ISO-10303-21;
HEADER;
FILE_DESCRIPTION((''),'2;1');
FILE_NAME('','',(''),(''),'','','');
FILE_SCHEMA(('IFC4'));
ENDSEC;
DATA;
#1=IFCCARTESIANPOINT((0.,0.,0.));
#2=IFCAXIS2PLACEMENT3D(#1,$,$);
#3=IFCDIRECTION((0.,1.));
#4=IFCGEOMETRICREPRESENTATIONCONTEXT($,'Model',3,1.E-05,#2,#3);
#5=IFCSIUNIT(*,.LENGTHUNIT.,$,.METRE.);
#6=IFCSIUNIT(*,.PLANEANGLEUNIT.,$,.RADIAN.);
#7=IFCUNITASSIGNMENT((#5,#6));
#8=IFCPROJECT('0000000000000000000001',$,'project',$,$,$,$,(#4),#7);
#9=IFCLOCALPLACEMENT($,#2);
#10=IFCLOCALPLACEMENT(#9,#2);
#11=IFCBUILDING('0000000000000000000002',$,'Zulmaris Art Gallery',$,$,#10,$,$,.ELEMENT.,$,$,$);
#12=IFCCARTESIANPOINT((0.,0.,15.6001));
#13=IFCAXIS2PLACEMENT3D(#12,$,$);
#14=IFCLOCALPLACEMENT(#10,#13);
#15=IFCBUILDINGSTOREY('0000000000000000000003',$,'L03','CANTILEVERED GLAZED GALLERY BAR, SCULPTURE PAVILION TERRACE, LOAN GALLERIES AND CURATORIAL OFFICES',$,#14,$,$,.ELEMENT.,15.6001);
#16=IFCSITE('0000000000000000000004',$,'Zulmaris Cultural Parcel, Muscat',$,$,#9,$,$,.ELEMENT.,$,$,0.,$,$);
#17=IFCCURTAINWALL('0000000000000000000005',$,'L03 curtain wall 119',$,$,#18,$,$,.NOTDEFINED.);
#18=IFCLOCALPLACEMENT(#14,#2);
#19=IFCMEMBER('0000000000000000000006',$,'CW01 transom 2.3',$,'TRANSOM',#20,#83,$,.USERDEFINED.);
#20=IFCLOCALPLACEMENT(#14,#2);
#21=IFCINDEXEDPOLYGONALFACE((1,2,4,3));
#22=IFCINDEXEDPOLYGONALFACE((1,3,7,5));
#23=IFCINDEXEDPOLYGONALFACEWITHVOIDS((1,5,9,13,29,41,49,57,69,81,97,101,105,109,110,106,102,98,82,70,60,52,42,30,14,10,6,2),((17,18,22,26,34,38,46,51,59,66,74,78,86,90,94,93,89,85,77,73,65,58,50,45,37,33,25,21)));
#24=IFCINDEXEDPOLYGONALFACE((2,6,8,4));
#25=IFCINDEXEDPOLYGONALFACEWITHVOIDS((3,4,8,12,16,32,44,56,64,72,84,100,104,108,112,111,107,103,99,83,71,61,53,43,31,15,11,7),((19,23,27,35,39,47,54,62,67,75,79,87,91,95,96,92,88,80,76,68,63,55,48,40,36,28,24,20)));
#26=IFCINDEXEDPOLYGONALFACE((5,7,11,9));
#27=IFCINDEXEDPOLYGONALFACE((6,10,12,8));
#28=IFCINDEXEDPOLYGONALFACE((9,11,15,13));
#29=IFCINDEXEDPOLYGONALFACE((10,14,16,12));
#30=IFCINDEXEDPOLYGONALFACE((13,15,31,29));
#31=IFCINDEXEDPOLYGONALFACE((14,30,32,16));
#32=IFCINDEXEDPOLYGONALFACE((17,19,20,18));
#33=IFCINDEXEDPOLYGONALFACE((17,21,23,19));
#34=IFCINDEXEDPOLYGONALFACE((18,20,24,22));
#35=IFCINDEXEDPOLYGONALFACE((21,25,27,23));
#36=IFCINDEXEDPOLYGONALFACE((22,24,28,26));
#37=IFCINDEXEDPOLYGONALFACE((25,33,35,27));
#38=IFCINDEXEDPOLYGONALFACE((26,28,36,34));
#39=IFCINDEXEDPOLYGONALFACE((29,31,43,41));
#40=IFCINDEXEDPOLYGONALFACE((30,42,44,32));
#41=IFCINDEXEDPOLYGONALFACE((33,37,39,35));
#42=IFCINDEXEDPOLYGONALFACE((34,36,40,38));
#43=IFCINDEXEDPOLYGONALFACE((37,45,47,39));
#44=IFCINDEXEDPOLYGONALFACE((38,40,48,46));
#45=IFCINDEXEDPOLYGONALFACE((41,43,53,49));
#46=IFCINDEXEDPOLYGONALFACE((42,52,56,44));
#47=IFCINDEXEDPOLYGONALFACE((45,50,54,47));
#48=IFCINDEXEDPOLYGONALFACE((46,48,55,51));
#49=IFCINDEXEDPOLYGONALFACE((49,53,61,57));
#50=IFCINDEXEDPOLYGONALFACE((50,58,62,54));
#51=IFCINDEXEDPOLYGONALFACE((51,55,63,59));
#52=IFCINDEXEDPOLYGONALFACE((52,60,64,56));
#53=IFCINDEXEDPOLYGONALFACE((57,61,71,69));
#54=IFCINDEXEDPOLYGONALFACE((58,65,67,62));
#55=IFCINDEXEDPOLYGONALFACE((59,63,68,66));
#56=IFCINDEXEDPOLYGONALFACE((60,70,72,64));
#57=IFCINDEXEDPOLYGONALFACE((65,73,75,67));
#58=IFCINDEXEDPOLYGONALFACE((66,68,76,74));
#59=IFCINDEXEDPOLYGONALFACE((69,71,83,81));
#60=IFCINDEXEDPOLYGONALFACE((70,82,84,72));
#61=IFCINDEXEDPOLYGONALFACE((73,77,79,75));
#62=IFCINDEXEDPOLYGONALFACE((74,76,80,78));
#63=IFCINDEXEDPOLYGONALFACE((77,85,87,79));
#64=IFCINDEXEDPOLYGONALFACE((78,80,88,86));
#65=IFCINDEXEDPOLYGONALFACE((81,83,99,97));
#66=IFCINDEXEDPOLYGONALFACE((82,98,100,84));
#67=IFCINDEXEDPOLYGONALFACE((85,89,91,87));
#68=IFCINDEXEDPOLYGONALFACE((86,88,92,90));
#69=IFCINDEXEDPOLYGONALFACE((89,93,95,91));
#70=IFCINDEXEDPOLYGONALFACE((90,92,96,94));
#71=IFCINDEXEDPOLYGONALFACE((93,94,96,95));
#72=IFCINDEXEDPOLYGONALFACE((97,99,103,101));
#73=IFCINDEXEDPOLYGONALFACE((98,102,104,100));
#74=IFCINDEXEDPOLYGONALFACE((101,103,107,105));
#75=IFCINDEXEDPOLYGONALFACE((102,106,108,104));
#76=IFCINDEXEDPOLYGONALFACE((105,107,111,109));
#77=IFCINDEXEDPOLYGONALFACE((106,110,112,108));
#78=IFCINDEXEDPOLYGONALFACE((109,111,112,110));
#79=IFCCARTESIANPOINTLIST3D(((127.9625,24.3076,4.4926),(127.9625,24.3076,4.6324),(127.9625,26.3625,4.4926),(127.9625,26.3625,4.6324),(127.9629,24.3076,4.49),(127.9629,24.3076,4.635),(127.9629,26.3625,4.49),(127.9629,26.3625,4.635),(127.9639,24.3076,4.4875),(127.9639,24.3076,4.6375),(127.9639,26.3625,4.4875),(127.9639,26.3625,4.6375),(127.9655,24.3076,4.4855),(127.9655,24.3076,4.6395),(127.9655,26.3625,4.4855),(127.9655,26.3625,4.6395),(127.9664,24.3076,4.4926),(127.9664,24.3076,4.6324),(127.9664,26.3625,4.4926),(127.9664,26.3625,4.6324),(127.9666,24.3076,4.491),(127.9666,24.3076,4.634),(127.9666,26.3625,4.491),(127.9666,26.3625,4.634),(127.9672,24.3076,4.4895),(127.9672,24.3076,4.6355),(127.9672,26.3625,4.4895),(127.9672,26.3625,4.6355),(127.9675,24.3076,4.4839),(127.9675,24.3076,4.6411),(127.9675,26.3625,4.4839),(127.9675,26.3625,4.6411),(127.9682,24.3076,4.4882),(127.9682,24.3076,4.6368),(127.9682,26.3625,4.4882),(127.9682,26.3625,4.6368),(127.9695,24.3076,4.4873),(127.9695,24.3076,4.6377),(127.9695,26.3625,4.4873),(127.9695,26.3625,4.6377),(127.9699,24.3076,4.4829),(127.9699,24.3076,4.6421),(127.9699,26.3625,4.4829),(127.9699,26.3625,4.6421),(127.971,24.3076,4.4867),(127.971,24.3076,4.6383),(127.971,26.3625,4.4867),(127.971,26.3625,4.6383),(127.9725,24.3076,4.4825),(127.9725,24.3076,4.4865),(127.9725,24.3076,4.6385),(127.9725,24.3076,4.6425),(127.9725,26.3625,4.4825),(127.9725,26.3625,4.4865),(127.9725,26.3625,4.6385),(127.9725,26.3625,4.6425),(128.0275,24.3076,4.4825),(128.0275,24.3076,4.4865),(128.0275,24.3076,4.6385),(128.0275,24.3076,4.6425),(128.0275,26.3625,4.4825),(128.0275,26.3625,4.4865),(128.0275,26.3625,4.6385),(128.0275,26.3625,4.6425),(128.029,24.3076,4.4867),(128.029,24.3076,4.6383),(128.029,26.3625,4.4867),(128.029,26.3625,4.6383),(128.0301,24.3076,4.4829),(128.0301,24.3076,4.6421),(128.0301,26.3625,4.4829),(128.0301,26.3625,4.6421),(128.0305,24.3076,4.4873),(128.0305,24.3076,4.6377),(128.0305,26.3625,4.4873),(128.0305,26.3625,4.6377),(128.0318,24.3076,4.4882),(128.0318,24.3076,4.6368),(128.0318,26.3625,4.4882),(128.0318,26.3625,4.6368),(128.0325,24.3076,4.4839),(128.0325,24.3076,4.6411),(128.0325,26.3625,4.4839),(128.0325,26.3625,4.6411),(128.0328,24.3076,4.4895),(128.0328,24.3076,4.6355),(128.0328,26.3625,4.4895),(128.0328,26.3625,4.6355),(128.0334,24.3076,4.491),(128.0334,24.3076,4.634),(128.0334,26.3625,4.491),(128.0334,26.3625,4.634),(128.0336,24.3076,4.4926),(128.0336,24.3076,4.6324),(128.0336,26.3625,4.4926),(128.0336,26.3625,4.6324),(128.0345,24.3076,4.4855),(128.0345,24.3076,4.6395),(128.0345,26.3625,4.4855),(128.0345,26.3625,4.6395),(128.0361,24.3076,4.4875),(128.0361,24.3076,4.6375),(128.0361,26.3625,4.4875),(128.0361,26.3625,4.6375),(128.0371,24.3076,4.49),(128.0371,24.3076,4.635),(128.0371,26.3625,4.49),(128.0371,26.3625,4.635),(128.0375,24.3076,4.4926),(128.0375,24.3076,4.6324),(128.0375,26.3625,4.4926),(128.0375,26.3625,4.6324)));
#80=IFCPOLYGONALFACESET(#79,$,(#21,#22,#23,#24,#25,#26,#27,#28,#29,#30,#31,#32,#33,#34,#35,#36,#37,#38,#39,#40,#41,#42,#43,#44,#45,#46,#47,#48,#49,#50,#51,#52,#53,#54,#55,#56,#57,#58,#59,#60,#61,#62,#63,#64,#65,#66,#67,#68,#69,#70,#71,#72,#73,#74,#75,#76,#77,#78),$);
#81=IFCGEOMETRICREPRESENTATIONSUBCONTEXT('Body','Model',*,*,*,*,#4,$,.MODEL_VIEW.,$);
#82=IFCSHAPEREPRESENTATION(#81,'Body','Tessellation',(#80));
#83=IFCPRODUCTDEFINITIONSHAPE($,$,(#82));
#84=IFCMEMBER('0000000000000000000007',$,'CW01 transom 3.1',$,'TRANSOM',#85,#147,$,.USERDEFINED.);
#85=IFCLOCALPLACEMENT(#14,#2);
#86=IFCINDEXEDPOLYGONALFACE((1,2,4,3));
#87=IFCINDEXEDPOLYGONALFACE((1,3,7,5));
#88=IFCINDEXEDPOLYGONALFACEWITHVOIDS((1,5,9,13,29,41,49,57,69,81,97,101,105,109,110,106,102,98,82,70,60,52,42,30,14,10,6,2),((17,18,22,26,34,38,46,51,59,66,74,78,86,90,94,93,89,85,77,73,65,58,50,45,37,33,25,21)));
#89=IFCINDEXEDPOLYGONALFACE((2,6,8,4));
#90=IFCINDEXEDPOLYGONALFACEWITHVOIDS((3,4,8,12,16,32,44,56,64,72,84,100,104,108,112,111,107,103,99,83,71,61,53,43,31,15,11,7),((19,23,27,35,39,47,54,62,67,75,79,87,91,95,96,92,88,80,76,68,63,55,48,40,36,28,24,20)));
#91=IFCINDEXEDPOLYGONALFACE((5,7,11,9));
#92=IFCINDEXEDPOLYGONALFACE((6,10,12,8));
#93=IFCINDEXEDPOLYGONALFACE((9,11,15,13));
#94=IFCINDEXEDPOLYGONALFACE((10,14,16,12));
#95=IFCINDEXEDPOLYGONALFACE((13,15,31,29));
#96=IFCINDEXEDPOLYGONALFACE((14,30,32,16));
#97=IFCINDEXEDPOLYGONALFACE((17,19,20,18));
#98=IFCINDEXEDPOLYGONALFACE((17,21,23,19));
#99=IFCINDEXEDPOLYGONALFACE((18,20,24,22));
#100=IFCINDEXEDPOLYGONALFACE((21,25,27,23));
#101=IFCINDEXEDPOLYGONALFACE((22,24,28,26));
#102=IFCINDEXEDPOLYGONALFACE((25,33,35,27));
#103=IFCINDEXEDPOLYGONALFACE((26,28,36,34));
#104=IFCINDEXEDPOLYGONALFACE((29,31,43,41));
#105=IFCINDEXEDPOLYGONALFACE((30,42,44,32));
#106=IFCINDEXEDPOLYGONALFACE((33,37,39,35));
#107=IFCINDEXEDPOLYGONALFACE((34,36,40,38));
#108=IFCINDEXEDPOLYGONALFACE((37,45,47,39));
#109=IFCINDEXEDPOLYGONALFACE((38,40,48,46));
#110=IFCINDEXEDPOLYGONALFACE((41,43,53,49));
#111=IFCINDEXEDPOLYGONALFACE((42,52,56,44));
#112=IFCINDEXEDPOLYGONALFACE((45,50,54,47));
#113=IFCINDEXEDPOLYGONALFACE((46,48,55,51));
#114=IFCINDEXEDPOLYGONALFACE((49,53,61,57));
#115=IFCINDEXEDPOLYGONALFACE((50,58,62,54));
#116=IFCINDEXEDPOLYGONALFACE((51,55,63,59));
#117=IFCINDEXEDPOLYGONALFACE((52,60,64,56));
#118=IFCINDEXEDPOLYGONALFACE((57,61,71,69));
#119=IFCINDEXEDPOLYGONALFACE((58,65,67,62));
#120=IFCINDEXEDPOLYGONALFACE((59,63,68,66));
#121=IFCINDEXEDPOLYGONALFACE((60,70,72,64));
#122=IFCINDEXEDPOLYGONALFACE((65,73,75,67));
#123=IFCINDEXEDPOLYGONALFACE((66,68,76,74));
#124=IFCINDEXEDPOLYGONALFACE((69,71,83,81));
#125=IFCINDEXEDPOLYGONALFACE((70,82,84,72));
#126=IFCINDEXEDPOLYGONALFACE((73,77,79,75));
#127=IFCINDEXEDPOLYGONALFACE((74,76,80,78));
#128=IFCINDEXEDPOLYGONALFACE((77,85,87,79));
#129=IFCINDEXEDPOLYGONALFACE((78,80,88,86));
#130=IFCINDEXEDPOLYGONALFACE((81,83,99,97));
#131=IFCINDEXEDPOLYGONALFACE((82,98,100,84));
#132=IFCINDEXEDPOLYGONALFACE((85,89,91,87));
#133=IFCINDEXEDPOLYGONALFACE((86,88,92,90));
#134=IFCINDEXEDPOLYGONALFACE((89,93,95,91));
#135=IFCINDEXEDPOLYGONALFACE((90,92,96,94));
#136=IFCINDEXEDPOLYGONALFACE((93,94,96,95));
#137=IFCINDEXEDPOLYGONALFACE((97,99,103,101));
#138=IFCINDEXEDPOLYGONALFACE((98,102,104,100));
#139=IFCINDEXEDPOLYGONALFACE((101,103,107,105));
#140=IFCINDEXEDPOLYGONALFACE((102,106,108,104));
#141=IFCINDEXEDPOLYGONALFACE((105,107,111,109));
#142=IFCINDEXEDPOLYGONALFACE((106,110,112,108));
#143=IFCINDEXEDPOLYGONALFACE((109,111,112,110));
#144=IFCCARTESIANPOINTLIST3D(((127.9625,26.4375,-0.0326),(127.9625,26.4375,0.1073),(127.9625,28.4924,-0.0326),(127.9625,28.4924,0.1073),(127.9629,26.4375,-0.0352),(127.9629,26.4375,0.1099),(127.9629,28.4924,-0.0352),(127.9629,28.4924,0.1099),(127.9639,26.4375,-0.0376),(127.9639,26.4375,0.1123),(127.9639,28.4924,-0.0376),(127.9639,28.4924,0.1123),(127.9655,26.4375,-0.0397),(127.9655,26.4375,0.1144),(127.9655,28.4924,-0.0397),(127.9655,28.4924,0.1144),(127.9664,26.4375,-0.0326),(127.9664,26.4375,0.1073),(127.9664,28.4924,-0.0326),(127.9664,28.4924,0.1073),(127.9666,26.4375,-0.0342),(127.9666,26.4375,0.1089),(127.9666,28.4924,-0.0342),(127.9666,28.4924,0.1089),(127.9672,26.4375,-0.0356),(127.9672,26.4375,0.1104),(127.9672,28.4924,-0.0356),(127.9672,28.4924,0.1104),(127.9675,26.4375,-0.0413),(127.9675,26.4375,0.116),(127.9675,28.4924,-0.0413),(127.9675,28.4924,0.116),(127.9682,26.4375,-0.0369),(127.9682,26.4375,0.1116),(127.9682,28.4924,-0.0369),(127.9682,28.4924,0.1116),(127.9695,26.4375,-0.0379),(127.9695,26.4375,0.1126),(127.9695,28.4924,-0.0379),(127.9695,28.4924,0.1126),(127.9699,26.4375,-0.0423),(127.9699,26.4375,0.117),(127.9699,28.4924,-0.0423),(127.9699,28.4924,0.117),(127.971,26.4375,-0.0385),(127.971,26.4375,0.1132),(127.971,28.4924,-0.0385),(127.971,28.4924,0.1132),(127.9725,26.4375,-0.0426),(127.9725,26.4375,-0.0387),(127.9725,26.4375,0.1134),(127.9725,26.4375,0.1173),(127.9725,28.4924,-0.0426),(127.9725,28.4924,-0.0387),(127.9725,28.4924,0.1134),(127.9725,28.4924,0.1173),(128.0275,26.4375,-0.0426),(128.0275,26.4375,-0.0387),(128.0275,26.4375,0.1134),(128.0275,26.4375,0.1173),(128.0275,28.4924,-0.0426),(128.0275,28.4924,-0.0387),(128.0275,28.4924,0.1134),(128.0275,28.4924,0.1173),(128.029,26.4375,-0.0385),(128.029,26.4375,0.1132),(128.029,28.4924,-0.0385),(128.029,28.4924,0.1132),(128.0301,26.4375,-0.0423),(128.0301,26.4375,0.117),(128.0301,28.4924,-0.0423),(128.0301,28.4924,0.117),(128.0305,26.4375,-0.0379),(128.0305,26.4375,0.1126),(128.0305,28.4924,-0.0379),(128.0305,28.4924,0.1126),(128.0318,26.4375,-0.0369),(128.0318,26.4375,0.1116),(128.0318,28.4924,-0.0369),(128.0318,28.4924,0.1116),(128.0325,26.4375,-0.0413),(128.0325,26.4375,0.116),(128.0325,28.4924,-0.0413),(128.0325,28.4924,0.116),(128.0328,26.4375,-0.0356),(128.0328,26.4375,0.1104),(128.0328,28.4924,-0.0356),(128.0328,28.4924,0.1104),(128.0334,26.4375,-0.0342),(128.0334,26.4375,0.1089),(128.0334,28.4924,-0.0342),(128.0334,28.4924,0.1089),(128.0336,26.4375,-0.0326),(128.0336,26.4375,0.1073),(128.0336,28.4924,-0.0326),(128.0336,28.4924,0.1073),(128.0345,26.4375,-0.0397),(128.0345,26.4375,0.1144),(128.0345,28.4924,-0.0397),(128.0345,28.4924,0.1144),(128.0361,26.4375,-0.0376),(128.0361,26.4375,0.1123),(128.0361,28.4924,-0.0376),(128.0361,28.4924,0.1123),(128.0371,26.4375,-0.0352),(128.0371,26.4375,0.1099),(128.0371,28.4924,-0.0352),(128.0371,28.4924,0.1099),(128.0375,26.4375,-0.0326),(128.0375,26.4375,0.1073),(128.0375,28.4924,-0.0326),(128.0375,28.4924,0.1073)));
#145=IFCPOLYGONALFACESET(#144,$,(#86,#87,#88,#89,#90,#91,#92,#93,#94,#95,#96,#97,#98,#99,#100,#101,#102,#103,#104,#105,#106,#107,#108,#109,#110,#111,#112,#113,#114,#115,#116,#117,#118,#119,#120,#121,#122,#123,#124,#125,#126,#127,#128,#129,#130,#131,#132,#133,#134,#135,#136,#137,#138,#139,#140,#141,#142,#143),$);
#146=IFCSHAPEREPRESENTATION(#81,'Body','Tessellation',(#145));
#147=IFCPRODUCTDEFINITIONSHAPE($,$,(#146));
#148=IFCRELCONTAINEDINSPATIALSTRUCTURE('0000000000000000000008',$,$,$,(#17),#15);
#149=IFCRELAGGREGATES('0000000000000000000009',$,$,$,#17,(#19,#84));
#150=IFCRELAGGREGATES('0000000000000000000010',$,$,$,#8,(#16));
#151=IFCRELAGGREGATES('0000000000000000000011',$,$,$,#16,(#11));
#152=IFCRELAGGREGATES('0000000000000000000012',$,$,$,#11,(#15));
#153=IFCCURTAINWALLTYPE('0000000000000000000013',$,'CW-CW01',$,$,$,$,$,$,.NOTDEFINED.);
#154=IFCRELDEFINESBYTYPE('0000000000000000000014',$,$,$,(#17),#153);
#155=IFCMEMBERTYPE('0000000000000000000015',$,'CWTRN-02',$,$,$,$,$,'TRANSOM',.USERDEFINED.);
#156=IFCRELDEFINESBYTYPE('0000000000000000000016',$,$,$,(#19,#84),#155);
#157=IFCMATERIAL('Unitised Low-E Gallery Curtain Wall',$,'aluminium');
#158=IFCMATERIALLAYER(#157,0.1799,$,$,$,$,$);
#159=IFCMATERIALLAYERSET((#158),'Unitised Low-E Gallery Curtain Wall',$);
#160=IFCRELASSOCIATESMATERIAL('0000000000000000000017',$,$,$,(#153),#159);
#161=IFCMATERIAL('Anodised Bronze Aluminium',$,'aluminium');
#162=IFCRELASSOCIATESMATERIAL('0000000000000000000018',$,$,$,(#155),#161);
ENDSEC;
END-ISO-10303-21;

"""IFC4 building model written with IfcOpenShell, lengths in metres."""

from ifc_helpers import new_model, si_unit, direction, frame, origin, origin_2d, place, context, subcontext, project, spatial, hollow_rectangle, extrude, material, layer, layer_set, material_profile, profile_set, type_object, element, aggregate, save


model = new_model("IFC4")

# Units and contexts
model_context = context("Model", 3, precision=1e-05, world=origin(), true_north=direction((0.0, 1.0)))
body_context = subcontext(model_context, "Body", "Model", "MODEL_VIEW")
ifc_project = project(units=[si_unit("LENGTHUNIT", "METRE"), si_unit("PLANEANGLEUNIT", "RADIAN")], contexts=[model_context])

# Site, building, storey
site_placement = place(None, origin())
site = spatial("IfcSite", under=ifc_project, at=site_placement, Name="Zulmaris Cultural Parcel, Muscat", CompositionType="ELEMENT", RefElevation=0.0)
building_placement = place(site_placement, origin())
building = spatial("IfcBuilding", under=site, at=building_placement, Name="Zulmaris Art Gallery", CompositionType="ELEMENT")
storey_placement = place(building_placement, frame((0.0, 0.0, 15.6001)))
storey = spatial("IfcBuildingStorey", under=building, at=storey_placement, Name="L03", Description="CANTILEVERED GLAZED GALLERY BAR, SCULPTURE PAVILION TERRACE, LOAN GALLERIES AND CURATORIAL OFFICES", CompositionType="ELEMENT", Elevation=15.6001)

# Curtain wall, members
ifc_material_1 = material(Name="Unitised Low-E Gallery Curtain Wall", Category="aluminium")
ifc_layer_1 = layer(ifc_material_1, 0.1799)
ifc_layer_set_1 = layer_set([ifc_layer_1], Name="Unitised Low-E Gallery Curtain Wall")
curtain_wall_type = type_object("IfcCurtainWallType", Name="CW-CW01", PredefinedType="NOTDEFINED", material=ifc_layer_set_1)
curtain_wall_placement = place(storey_placement, origin())
curtain_wall = element("IfcCurtainWall", 1, at=curtain_wall_placement, inside=storey, type_object=curtain_wall_type, Name="L03 curtain wall 119", PredefinedType="NOTDEFINED")
ifc_material_2 = material(Name="Anodised Bronze Aluminium", Category="aluminium")
ifc_material_profile_1 = material_profile(ifc_material_2, hollow_rectangle(XDim=0.075, YDim=0.1599, WallThickness=0.0039, InnerFilletRadius=0.0061, OuterFilletRadius=0.01, at=origin_2d()), Name="ALU 75x160x4")
ifc_profile_set_1 = profile_set([ifc_material_profile_1], Name="Anodised Bronze Aluminium")
member_type_1 = type_object("IfcMemberType", Name="CWTRN-02", ElementType="TRANSOM", PredefinedType="USERDEFINED", material=ifc_profile_set_1)
member_1_placement = place(storey_placement, frame((128.0, 24.3076, 4.5625), z_axis=(0.0, 1.0, 0.0), x_axis=(-1.0, 0.0, 0.0)))
member_1 = element("IfcMember", 2, at=member_1_placement, type_object=member_type_1, Name="CW01 transom 2.3", ObjectType="TRANSOM", PredefinedType="USERDEFINED", context=body_context, shape_type="SweptSolid", body=[
    extrude(hollow_rectangle(XDim=0.075, YDim=0.1599, WallThickness=0.0039, InnerFilletRadius=0.0061, OuterFilletRadius=0.01, at=origin_2d()), origin(), (0.0, 0.0, 1.0), 2.0549),
])
member_2_placement = place(storey_placement, frame((128.0, 26.4375, 0.0374), z_axis=(0.0, 1.0, 0.0), x_axis=(-1.0, 0.0, 0.0)))
member_2 = element("IfcMember", 3, at=member_2_placement, type_object=member_type_1, Name="CW01 transom 3.1", ObjectType="TRANSOM", PredefinedType="USERDEFINED", context=body_context, shape_type="SweptSolid", body=[
    extrude(hollow_rectangle(XDim=0.075, YDim=0.1599, WallThickness=0.0039, InnerFilletRadius=0.0061, OuterFilletRadius=0.01, at=origin_2d()), origin(), (0.0, 0.0, 1.0), 2.0549),
])
aggregate(curtain_wall, [member_1, member_2])

save(model, "model.ifc")
